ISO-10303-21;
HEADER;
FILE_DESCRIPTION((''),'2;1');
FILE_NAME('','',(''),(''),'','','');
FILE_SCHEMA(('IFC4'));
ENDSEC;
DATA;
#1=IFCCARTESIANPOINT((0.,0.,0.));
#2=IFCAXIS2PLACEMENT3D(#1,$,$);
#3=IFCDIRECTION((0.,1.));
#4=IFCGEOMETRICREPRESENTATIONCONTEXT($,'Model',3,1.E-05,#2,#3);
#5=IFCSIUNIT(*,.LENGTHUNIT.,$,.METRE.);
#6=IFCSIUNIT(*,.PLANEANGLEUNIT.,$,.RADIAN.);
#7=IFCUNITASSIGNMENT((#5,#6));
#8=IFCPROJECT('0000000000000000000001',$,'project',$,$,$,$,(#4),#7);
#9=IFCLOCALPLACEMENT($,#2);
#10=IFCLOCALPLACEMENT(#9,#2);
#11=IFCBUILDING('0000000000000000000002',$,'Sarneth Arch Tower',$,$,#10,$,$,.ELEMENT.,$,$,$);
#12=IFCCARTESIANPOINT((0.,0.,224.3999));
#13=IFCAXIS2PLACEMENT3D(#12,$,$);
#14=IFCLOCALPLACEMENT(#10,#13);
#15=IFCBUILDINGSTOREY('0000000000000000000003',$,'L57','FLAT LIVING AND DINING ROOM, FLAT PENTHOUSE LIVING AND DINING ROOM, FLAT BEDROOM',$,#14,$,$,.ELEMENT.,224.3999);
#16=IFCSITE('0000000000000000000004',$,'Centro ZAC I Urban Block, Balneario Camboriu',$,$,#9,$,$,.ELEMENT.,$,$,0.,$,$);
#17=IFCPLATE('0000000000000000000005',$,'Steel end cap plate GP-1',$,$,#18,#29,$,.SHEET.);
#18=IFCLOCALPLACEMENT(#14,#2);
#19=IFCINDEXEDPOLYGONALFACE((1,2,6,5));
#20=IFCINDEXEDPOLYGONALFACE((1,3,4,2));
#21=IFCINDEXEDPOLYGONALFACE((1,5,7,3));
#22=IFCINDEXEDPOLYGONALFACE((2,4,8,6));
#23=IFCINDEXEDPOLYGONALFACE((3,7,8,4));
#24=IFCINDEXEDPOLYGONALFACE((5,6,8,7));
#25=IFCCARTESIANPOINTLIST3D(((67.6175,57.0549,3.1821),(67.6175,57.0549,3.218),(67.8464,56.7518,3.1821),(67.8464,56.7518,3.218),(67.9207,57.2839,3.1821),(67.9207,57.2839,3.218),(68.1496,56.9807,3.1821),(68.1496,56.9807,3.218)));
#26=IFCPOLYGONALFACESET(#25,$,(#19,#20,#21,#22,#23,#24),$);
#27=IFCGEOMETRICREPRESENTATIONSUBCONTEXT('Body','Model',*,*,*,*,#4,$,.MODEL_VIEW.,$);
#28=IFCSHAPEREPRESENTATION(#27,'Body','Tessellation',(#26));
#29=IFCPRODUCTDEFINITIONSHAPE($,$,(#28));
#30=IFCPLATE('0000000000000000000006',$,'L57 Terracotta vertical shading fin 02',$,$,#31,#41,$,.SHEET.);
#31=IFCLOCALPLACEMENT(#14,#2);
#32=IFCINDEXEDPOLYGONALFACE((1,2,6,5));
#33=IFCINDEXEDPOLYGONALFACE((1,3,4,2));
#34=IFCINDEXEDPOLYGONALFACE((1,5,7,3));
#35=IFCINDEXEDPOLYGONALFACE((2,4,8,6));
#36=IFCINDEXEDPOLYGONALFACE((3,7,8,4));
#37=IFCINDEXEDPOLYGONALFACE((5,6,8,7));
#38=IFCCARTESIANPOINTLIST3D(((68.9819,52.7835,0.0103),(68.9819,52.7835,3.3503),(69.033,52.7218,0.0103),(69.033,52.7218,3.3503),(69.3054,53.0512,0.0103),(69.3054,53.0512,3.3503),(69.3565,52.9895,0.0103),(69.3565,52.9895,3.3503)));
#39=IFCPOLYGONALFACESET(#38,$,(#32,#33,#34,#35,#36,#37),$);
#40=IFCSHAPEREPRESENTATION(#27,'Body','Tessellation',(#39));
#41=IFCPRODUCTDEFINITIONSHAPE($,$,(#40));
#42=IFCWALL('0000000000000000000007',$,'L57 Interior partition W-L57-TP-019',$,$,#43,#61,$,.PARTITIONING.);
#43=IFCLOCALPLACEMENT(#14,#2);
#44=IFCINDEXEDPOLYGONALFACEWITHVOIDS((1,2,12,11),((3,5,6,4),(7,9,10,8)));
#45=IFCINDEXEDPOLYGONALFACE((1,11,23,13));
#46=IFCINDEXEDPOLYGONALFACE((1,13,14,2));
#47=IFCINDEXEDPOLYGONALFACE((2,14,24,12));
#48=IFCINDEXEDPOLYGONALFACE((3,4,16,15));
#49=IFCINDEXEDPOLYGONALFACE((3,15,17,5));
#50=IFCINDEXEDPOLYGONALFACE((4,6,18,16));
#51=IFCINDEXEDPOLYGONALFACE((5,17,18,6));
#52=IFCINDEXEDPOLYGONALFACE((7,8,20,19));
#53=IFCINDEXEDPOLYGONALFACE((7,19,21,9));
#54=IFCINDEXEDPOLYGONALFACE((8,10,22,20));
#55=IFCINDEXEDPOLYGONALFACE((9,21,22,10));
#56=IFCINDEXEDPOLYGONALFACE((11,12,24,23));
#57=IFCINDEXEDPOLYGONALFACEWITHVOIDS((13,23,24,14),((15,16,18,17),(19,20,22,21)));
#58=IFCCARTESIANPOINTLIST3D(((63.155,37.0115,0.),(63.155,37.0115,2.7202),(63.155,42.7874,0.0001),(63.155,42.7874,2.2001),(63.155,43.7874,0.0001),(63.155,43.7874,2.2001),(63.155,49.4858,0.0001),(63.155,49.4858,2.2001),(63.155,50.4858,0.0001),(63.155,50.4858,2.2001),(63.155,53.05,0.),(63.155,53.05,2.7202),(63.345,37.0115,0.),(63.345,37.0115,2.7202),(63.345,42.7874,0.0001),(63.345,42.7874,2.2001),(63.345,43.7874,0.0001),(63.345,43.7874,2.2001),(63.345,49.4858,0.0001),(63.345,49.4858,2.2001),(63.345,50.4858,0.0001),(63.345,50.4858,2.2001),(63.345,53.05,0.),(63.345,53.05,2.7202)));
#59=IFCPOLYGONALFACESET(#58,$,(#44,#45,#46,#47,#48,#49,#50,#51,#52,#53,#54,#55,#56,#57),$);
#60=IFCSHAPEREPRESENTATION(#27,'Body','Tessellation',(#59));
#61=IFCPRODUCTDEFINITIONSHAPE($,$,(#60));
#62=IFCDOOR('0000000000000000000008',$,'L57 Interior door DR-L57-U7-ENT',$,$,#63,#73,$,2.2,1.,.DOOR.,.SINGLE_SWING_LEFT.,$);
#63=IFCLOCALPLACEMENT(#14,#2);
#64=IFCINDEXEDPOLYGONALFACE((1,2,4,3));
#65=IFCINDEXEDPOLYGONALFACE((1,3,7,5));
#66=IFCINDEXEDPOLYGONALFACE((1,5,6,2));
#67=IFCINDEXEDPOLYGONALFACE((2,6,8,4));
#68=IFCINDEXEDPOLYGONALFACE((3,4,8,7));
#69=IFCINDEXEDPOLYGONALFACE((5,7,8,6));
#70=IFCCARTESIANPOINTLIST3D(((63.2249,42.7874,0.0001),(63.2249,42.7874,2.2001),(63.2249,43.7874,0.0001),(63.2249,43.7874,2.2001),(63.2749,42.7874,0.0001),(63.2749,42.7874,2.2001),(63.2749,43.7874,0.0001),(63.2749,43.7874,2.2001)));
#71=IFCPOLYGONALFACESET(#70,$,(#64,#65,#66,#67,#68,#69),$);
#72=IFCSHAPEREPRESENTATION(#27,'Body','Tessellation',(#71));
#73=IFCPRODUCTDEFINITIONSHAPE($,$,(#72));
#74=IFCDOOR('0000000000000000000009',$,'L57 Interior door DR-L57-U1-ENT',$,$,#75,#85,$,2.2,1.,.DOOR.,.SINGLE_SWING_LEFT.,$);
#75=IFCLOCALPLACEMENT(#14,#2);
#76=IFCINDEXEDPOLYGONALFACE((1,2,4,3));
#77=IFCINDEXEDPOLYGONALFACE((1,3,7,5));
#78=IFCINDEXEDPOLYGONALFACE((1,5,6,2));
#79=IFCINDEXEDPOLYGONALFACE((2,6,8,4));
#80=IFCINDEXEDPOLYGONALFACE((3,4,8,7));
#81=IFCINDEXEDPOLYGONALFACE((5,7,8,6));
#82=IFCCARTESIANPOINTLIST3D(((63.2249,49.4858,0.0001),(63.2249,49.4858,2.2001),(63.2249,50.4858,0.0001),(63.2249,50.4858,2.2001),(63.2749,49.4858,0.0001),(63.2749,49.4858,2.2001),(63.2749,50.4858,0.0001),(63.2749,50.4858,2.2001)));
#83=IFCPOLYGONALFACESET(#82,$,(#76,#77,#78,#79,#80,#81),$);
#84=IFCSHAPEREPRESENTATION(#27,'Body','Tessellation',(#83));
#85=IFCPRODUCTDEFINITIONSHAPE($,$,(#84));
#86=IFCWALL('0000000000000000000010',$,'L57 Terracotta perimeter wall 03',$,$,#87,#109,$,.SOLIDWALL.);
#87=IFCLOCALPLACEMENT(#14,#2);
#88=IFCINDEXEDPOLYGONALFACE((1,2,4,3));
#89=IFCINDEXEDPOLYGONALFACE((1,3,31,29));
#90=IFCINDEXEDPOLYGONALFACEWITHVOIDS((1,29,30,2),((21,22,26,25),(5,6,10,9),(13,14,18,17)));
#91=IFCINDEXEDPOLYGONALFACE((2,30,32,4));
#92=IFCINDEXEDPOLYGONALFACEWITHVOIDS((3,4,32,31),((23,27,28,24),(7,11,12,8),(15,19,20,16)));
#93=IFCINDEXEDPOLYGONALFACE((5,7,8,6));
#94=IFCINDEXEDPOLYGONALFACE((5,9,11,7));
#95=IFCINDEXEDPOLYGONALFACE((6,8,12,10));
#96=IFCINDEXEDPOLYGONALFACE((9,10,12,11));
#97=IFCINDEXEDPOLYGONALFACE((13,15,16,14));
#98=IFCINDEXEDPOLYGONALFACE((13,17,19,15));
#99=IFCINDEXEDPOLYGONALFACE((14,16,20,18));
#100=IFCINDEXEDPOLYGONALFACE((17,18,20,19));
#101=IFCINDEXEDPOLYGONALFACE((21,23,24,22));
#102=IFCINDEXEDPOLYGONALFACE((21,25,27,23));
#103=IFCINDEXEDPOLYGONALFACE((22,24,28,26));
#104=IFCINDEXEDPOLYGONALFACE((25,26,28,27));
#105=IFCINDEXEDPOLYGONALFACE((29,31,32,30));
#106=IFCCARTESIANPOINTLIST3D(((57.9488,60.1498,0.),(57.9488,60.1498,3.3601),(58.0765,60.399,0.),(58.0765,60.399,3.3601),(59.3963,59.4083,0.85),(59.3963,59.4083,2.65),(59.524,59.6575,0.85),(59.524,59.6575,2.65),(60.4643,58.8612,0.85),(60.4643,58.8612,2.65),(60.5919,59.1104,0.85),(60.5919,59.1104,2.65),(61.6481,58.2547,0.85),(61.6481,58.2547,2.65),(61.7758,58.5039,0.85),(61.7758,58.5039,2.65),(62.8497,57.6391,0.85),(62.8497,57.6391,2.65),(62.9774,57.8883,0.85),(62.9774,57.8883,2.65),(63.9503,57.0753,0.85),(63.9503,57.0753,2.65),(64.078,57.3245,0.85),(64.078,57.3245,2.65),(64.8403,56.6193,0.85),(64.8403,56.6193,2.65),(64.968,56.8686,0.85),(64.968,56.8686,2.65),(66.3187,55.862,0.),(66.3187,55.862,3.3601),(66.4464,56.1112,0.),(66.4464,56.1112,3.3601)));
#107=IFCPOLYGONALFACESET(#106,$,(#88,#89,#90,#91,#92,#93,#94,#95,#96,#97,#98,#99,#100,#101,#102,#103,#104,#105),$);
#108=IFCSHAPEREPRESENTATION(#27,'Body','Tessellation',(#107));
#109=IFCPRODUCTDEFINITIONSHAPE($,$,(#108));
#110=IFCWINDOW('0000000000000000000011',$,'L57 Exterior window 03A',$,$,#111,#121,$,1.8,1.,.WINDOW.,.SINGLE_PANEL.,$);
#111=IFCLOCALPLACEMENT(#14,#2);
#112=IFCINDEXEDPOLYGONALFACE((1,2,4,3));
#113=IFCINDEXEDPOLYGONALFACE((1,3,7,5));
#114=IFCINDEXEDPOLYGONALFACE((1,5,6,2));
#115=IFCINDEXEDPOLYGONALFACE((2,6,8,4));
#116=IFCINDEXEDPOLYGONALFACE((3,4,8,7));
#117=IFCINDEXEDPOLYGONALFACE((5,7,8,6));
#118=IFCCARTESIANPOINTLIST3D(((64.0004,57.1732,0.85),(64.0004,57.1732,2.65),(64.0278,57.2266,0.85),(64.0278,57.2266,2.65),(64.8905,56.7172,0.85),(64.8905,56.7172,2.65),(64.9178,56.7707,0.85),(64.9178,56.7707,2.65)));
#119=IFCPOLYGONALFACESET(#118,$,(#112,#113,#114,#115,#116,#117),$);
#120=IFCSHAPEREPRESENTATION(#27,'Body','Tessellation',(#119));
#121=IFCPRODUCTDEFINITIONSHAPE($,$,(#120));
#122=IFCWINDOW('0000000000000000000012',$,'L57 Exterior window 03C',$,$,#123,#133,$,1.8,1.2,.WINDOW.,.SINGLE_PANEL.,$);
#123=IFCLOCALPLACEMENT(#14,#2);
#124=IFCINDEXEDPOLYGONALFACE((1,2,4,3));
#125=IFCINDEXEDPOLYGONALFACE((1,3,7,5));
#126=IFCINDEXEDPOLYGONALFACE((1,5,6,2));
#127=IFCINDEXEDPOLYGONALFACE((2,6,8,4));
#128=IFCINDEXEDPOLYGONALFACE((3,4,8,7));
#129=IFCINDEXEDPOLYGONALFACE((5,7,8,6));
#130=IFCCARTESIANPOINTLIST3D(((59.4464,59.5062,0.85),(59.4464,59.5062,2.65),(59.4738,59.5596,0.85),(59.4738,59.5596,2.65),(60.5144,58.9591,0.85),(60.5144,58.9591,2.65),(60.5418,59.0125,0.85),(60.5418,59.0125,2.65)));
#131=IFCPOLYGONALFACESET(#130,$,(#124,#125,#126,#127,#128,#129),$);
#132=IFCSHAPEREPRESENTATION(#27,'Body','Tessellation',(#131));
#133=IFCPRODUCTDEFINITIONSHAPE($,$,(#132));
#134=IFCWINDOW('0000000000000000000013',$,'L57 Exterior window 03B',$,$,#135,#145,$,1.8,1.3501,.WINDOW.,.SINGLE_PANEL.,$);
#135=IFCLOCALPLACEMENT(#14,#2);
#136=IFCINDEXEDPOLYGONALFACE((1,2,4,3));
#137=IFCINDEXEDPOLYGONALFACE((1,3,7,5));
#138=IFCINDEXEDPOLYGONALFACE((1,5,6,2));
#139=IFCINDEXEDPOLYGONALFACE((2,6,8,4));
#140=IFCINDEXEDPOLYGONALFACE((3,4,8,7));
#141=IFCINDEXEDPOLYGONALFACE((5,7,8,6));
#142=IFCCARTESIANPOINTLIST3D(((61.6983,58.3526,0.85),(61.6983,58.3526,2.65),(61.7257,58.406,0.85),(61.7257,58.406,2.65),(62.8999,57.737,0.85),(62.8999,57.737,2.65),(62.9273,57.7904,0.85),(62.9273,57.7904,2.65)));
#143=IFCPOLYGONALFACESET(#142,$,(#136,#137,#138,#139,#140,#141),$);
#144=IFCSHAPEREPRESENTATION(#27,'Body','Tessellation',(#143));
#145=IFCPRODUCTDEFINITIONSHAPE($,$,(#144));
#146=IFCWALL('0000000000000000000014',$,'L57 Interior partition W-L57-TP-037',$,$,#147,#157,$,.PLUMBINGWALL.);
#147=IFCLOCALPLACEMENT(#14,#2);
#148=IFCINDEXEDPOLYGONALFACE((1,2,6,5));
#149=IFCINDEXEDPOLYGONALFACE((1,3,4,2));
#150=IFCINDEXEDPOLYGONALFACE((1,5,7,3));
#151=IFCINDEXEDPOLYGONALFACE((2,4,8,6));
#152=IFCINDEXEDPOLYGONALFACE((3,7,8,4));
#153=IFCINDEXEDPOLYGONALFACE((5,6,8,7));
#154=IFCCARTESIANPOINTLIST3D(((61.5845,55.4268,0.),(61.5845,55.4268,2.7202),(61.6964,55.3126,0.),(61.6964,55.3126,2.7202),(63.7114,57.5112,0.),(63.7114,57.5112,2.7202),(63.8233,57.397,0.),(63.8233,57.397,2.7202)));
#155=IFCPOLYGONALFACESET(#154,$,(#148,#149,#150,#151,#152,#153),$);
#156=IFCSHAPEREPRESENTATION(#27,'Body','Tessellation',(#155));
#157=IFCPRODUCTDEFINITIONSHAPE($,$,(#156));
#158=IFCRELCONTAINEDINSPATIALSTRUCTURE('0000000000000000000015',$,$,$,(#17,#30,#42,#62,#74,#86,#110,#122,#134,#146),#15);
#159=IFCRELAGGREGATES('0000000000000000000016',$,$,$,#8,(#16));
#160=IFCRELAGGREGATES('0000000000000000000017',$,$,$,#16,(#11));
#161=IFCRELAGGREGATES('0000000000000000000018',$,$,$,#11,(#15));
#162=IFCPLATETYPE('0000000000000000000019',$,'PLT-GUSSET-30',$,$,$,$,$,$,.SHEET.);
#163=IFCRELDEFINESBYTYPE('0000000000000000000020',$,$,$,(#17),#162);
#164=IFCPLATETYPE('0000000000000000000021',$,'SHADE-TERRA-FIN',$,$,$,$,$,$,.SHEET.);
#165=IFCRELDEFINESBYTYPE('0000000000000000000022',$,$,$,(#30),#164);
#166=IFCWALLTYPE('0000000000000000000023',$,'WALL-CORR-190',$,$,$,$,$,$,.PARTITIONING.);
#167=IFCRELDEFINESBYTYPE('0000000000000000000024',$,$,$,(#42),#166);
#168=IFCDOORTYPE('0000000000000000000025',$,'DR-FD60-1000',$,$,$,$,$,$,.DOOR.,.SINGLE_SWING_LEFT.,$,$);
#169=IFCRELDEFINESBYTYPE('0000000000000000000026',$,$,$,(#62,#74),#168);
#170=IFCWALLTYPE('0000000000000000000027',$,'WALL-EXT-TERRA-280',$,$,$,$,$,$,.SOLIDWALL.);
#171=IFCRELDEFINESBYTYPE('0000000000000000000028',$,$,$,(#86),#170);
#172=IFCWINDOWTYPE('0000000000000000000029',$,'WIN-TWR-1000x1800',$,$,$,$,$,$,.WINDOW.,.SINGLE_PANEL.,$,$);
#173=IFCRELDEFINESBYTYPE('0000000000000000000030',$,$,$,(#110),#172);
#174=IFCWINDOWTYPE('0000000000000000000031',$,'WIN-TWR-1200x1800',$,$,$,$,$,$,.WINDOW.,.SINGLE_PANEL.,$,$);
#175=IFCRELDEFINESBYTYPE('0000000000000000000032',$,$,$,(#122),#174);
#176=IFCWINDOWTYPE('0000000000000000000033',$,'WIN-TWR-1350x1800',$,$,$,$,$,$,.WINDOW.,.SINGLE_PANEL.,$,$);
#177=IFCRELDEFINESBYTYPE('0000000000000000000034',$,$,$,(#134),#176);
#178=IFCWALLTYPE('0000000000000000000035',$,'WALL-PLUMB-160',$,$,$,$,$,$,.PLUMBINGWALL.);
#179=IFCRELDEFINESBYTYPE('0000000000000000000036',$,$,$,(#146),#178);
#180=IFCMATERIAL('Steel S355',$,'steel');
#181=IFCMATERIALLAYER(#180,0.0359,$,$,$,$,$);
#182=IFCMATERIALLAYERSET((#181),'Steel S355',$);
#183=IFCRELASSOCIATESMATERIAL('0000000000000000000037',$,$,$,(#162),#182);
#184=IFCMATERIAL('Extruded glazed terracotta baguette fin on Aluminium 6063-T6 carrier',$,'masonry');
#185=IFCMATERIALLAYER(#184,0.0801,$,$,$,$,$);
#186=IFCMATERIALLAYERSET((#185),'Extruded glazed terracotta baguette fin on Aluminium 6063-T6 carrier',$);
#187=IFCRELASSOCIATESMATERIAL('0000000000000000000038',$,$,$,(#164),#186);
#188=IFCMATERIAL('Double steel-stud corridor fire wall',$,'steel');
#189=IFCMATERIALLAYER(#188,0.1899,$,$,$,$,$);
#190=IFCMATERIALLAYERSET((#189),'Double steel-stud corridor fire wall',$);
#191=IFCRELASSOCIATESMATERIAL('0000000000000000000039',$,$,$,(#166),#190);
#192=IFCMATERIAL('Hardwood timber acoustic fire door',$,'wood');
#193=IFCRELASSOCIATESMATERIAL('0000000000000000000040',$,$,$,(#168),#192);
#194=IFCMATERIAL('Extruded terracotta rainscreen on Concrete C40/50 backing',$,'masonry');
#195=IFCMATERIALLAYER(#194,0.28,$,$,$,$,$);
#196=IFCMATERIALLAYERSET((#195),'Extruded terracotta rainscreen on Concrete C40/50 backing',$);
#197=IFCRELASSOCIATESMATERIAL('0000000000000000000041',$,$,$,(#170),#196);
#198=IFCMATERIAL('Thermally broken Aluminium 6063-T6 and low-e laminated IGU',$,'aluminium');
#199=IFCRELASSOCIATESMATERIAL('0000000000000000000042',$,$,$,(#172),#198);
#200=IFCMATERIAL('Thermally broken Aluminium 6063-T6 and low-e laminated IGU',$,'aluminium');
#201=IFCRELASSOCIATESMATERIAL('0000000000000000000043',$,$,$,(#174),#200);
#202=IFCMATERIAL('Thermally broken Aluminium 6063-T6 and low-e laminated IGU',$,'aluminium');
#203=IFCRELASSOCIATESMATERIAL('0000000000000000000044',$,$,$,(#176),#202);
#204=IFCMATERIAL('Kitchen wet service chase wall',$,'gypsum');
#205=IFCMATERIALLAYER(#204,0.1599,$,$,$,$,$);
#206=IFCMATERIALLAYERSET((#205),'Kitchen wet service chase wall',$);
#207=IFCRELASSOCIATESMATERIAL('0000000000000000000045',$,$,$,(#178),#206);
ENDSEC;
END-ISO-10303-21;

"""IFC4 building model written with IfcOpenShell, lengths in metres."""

from ifc_helpers import new_model, si_unit, direction, frame, frame_2d, origin, origin_2d, place, context, subcontext, project, spatial, rectangle, extrude, material, layer, layer_set, type_object, element, fill, save


model = new_model("IFC4")

# Units and contexts
model_context = context("Model", 3, precision=1e-05, world=origin(), true_north=direction((0.0, 1.0)))
body_context = subcontext(model_context, "Body", "Model", "MODEL_VIEW")
ifc_project = project(units=[si_unit("LENGTHUNIT", "METRE"), si_unit("PLANEANGLEUNIT", "RADIAN")], contexts=[model_context])

# Site, building, storey
site_placement = place(None, origin())
site = spatial("IfcSite", under=ifc_project, at=site_placement, Name="Centro ZAC I Urban Block, Balneario Camboriu", CompositionType="ELEMENT", RefElevation=0.0)
building_placement = place(site_placement, origin())
building = spatial("IfcBuilding", under=site, at=building_placement, Name="Sarneth Arch Tower", CompositionType="ELEMENT")
storey_placement = place(building_placement, frame((0.0, 0.0, 224.3999)))
storey = spatial("IfcBuildingStorey", under=building, at=storey_placement, Name="L57", Description="FLAT LIVING AND DINING ROOM, FLAT PENTHOUSE LIVING AND DINING ROOM, FLAT BEDROOM", CompositionType="ELEMENT", Elevation=224.3999)

# Plates
ifc_material_1 = material(Name="Steel S355", Category="steel")
ifc_layer_1 = layer(ifc_material_1, 0.0359)
ifc_layer_set_1 = layer_set([ifc_layer_1], Name="Steel S355")
plate_type_1 = type_object("IfcPlateType", Name="PLT-GUSSET-30", PredefinedType="SHEET", material=ifc_layer_set_1)
plate_1_placement = place(storey_placement, frame((67.8835, 57.0178, 3.1821), z_axis=(0.0, 0.0, 1.0), x_axis=(0.798005, 0.602651, 0.0)))
element("IfcPlate", 1, at=plate_1_placement, inside=storey, type_object=plate_type_1, Name="Steel end cap plate GP-1", PredefinedType="SHEET", context=body_context, shape_type="SweptSolid", body=[
    extrude(rectangle(XDim=0.3799, YDim=0.3799, at=origin_2d()), origin(), (0.0, 0.0, 1.0), 0.0359),
])
ifc_material_2 = material(Name="Extruded glazed terracotta baguette fin on Aluminium 6063-T6 carrier", Category="masonry")
ifc_layer_2 = layer(ifc_material_2, 0.0801)
ifc_layer_set_2 = layer_set([ifc_layer_2], Name="Extruded glazed terracotta baguette fin on Aluminium 6063-T6 carrier")
plate_type_2 = type_object("IfcPlateType", Name="SHADE-TERRA-FIN", PredefinedType="SHEET", material=ifc_layer_set_2)
plate_2_placement = place(storey_placement, frame((69.1692, 52.8865, 0.0103), z_axis=(0.0, 0.0, 1.0), x_axis=(0.770402, 0.637558, 0.0)))
element("IfcPlate", 2, at=plate_2_placement, inside=storey, type_object=plate_type_2, Name="L57 Terracotta vertical shading fin 02", PredefinedType="SHEET", context=body_context, shape_type="SweptSolid", body=[
    extrude(rectangle(XDim=0.4199, YDim=0.0801, at=origin_2d()), origin(), (0.0, 0.0, 1.0), 3.3401),
])

# Wall, openings, doors
ifc_material_3 = material(Name="Double steel-stud corridor fire wall", Category="steel")
ifc_layer_3 = layer(ifc_material_3, 0.1899)
ifc_layer_set_3 = layer_set([ifc_layer_3], Name="Double steel-stud corridor fire wall")
wall_type_1 = type_object("IfcWallType", Name="WALL-CORR-190", PredefinedType="PARTITIONING", material=ifc_layer_set_3)
wall_1_placement = place(storey_placement, frame((63.25, 53.05, 0.0), z_axis=(0.0, 0.0, 1.0), x_axis=(0.0, -1.0, 0.0)))
wall_1 = element("IfcWall", 3, at=wall_1_placement, inside=storey, type_object=wall_type_1, Name="L57 Interior partition W-L57-TP-019", PredefinedType="PARTITIONING", context=body_context, shape_type="SweptSolid", body=[
    extrude(rectangle(XDim=16.0386, YDim=0.1899, at=frame_2d((8.0193, 0.0))), origin(), (0.0, 0.0, 1.0), 2.7202),
])
opening_1_placement = place(wall_1_placement, frame((9.2627, 0.0, 0.0)))
opening_1 = element("IfcOpeningElement", 4, at=opening_1_placement, cuts=wall_1, PredefinedType="OPENING", context=body_context, shape_type="SweptSolid", body=[
    extrude(rectangle(XDim=1.0, YDim=2.2, at=frame_2d((0.5, 1.1001))), frame((0.0, 0.105, 0.0), z_axis=(0.0, -1.0, 0.0), x_axis=(1.0, 0.0, 0.0)), (0.0, 0.0, 1.0), 0.21),
])
opening_2_placement = place(wall_1_placement, frame((2.5642, 0.0, 0.0)))
opening_2 = element("IfcOpeningElement", 5, at=opening_2_placement, cuts=wall_1, PredefinedType="OPENING", context=body_context, shape_type="SweptSolid", body=[
    extrude(rectangle(XDim=1.0, YDim=2.2, at=frame_2d((0.5, 1.1001))), frame((0.0, 0.105, 0.0), z_axis=(0.0, -1.0, 0.0), x_axis=(1.0, 0.0, 0.0)), (0.0, 0.0, 1.0), 0.21),
])
ifc_material_4 = material(Name="Hardwood timber acoustic fire door", Category="wood")
door_type = type_object("IfcDoorType", Name="DR-FD60-1000", OperationType="SINGLE_SWING_LEFT", PredefinedType="DOOR", material=ifc_material_4)
door_1_placement = place(opening_1_placement, origin())
door_1 = element("IfcDoor", 6, at=door_1_placement, inside=storey, type_object=door_type, Name="L57 Interior door DR-L57-U7-ENT", OperationType="SINGLE_SWING_LEFT", OverallHeight=2.2, OverallWidth=1.0, PredefinedType="DOOR", context=body_context, shape_type="SweptSolid", body=[
    extrude(rectangle(XDim=1.0, YDim=2.2, at=frame_2d((0.5, 1.1001))), frame((0.0, 0.0249, 0.0), z_axis=(0.0, -1.0, 0.0), x_axis=(1.0, 0.0, 0.0)), (0.0, 0.0, 1.0), 0.05),
])
fill(opening_1, door_1)
door_2_placement = place(opening_2_placement, origin())
door_2 = element("IfcDoor", 7, at=door_2_placement, inside=storey, type_object=door_type, Name="L57 Interior door DR-L57-U1-ENT", OperationType="SINGLE_SWING_LEFT", OverallHeight=2.2, OverallWidth=1.0, PredefinedType="DOOR", context=body_context, shape_type="SweptSolid", body=[
    extrude(rectangle(XDim=1.0, YDim=2.2, at=frame_2d((0.5, 1.1001))), frame((0.0, 0.0249, 0.0), z_axis=(0.0, -1.0, 0.0), x_axis=(1.0, 0.0, 0.0)), (0.0, 0.0, 1.0), 0.05),
])
fill(opening_2, door_2)

# Wall, openings, windows
ifc_material_5 = material(Name="Extruded terracotta rainscreen on Concrete C40/50 backing", Category="masonry")
ifc_layer_4 = layer(ifc_material_5, 0.28)
ifc_layer_set_4 = layer_set([ifc_layer_4], Name="Extruded terracotta rainscreen on Concrete C40/50 backing")
wall_type_2 = type_object("IfcWallType", Name="WALL-EXT-TERRA-280", PredefinedType="SOLIDWALL", material=ifc_layer_set_4)
wall_2_placement = place(storey_placement, frame((66.3826, 55.9866, 0.0), z_axis=(0.0, 0.0, 1.0), x_axis=(-0.890007, 0.455946, 0.0)))
wall_2 = element("IfcWall", 8, at=wall_2_placement, inside=storey, type_object=wall_type_2, Name="L57 Terracotta perimeter wall 03", PredefinedType="SOLIDWALL", context=body_context, shape_type="SweptSolid", body=[
    extrude(rectangle(XDim=9.4043, YDim=0.28, at=frame_2d((4.7021, 0.0))), origin(), (0.0, 0.0, 1.0), 3.3601),
])
opening_3_placement = place(wall_2_placement, frame((1.6611, 0.0, 0.8501)))
opening_3 = element("IfcOpeningElement", 9, at=opening_3_placement, cuts=wall_2, PredefinedType="OPENING", context=body_context, shape_type="SweptSolid", body=[
    extrude(rectangle(XDim=1.0, YDim=1.8, at=frame_2d((0.5, 0.8999))), frame((0.0, 0.1499, 0.0), z_axis=(0.0, -1.0, 0.0), x_axis=(1.0, 0.0, 0.0)), (0.0, 0.0, 1.0), 0.3),
])
opening_4_placement = place(wall_2_placement, frame((3.8977, 0.0, 0.8501)))
opening_4 = element("IfcOpeningElement", 10, at=opening_4_placement, cuts=wall_2, PredefinedType="OPENING", context=body_context, shape_type="SweptSolid", body=[
    extrude(rectangle(XDim=1.3501, YDim=1.8, at=frame_2d((0.675, 0.8999))), frame((0.0, 0.1499, 0.0), z_axis=(0.0, -1.0, 0.0), x_axis=(1.0, 0.0, 0.0)), (0.0, 0.0, 1.0), 0.3),
])
opening_5_placement = place(wall_2_placement, frame((6.5779, 0.0, 0.8501)))
opening_5 = element("IfcOpeningElement", 11, at=opening_5_placement, cuts=wall_2, PredefinedType="OPENING", context=body_context, shape_type="SweptSolid", body=[
    extrude(rectangle(XDim=1.2, YDim=1.8, at=frame_2d((0.6001, 0.8999))), frame((0.0, 0.1499, 0.0), z_axis=(0.0, -1.0, 0.0), x_axis=(1.0, 0.0, 0.0)), (0.0, 0.0, 1.0), 0.3),
])
ifc_material_6 = material(Name="Thermally broken Aluminium 6063-T6 and low-e laminated IGU", Category="aluminium")
window_type_1 = type_object("IfcWindowType", Name="WIN-TWR-1000x1800", PartitioningType="SINGLE_PANEL", PredefinedType="WINDOW", material=ifc_material_6)
window_1_placement = place(opening_3_placement, origin())
window_1 = element("IfcWindow", 12, at=window_1_placement, inside=storey, type_object=window_type_1, Name="L57 Exterior window 03A", OverallHeight=1.8, OverallWidth=1.0, PartitioningType="SINGLE_PANEL", PredefinedType="WINDOW", context=body_context, shape_type="SweptSolid", body=[
    extrude(rectangle(XDim=1.0, YDim=1.8, at=frame_2d((0.5, 0.8999))), frame((0.0, 0.03, 0.0), z_axis=(0.0, -1.0, 0.0), x_axis=(1.0, 0.0, 0.0)), (0.0, 0.0, 1.0), 0.0601),
])
fill(opening_3, window_1)
ifc_material_7 = material(Name="Thermally broken Aluminium 6063-T6 and low-e laminated IGU", Category="aluminium")
window_type_2 = type_object("IfcWindowType", Name="WIN-TWR-1200x1800", PartitioningType="SINGLE_PANEL", PredefinedType="WINDOW", material=ifc_material_7)
window_2_placement = place(opening_5_placement, origin())
window_2 = element("IfcWindow", 13, at=window_2_placement, inside=storey, type_object=window_type_2, Name="L57 Exterior window 03C", OverallHeight=1.8, OverallWidth=1.2, PartitioningType="SINGLE_PANEL", PredefinedType="WINDOW", context=body_context, shape_type="SweptSolid", body=[
    extrude(rectangle(XDim=1.2, YDim=1.8, at=frame_2d((0.6001, 0.8999))), frame((0.0, 0.03, 0.0), z_axis=(0.0, -1.0, 0.0), x_axis=(1.0, 0.0, 0.0)), (0.0, 0.0, 1.0), 0.0601),
])
fill(opening_5, window_2)
ifc_material_8 = material(Name="Thermally broken Aluminium 6063-T6 and low-e laminated IGU", Category="aluminium")
window_type_3 = type_object("IfcWindowType", Name="WIN-TWR-1350x1800", PartitioningType="SINGLE_PANEL", PredefinedType="WINDOW", material=ifc_material_8)
window_3_placement = place(opening_4_placement, origin())
window_3 = element("IfcWindow", 14, at=window_3_placement, inside=storey, type_object=window_type_3, Name="L57 Exterior window 03B", OverallHeight=1.8, OverallWidth=1.3501, PartitioningType="SINGLE_PANEL", PredefinedType="WINDOW", context=body_context, shape_type="SweptSolid", body=[
    extrude(rectangle(XDim=1.3501, YDim=1.8, at=frame_2d((0.675, 0.8999))), frame((0.0, 0.03, 0.0), z_axis=(0.0, -1.0, 0.0), x_axis=(1.0, 0.0, 0.0)), (0.0, 0.0, 1.0), 0.0601),
])
fill(opening_4, window_3)

# Wall
ifc_material_9 = material(Name="Kitchen wet service chase wall", Category="gypsum")
ifc_layer_5 = layer(ifc_material_9, 0.1599)
ifc_layer_set_5 = layer_set([ifc_layer_5], Name="Kitchen wet service chase wall")
wall_type_3 = type_object("IfcWallType", Name="WALL-PLUMB-160", PredefinedType="PLUMBINGWALL", material=ifc_layer_set_5)
wall_3_placement = place(storey_placement, frame((63.7673, 57.4541, 0.0), z_axis=(0.0, 0.0, 1.0), x_axis=(-0.714203, -0.699939, 0.0)))
element("IfcWall", 15, at=wall_3_placement, inside=storey, type_object=wall_type_3, Name="L57 Interior partition W-L57-TP-037", PredefinedType="PLUMBINGWALL", context=body_context, shape_type="SweptSolid", body=[
    extrude(rectangle(XDim=2.978, YDim=0.1599, at=frame_2d((1.489, 0.0))), origin(), (0.0, 0.0, 1.0), 2.7202),
])

save(model, "model.ifc")
